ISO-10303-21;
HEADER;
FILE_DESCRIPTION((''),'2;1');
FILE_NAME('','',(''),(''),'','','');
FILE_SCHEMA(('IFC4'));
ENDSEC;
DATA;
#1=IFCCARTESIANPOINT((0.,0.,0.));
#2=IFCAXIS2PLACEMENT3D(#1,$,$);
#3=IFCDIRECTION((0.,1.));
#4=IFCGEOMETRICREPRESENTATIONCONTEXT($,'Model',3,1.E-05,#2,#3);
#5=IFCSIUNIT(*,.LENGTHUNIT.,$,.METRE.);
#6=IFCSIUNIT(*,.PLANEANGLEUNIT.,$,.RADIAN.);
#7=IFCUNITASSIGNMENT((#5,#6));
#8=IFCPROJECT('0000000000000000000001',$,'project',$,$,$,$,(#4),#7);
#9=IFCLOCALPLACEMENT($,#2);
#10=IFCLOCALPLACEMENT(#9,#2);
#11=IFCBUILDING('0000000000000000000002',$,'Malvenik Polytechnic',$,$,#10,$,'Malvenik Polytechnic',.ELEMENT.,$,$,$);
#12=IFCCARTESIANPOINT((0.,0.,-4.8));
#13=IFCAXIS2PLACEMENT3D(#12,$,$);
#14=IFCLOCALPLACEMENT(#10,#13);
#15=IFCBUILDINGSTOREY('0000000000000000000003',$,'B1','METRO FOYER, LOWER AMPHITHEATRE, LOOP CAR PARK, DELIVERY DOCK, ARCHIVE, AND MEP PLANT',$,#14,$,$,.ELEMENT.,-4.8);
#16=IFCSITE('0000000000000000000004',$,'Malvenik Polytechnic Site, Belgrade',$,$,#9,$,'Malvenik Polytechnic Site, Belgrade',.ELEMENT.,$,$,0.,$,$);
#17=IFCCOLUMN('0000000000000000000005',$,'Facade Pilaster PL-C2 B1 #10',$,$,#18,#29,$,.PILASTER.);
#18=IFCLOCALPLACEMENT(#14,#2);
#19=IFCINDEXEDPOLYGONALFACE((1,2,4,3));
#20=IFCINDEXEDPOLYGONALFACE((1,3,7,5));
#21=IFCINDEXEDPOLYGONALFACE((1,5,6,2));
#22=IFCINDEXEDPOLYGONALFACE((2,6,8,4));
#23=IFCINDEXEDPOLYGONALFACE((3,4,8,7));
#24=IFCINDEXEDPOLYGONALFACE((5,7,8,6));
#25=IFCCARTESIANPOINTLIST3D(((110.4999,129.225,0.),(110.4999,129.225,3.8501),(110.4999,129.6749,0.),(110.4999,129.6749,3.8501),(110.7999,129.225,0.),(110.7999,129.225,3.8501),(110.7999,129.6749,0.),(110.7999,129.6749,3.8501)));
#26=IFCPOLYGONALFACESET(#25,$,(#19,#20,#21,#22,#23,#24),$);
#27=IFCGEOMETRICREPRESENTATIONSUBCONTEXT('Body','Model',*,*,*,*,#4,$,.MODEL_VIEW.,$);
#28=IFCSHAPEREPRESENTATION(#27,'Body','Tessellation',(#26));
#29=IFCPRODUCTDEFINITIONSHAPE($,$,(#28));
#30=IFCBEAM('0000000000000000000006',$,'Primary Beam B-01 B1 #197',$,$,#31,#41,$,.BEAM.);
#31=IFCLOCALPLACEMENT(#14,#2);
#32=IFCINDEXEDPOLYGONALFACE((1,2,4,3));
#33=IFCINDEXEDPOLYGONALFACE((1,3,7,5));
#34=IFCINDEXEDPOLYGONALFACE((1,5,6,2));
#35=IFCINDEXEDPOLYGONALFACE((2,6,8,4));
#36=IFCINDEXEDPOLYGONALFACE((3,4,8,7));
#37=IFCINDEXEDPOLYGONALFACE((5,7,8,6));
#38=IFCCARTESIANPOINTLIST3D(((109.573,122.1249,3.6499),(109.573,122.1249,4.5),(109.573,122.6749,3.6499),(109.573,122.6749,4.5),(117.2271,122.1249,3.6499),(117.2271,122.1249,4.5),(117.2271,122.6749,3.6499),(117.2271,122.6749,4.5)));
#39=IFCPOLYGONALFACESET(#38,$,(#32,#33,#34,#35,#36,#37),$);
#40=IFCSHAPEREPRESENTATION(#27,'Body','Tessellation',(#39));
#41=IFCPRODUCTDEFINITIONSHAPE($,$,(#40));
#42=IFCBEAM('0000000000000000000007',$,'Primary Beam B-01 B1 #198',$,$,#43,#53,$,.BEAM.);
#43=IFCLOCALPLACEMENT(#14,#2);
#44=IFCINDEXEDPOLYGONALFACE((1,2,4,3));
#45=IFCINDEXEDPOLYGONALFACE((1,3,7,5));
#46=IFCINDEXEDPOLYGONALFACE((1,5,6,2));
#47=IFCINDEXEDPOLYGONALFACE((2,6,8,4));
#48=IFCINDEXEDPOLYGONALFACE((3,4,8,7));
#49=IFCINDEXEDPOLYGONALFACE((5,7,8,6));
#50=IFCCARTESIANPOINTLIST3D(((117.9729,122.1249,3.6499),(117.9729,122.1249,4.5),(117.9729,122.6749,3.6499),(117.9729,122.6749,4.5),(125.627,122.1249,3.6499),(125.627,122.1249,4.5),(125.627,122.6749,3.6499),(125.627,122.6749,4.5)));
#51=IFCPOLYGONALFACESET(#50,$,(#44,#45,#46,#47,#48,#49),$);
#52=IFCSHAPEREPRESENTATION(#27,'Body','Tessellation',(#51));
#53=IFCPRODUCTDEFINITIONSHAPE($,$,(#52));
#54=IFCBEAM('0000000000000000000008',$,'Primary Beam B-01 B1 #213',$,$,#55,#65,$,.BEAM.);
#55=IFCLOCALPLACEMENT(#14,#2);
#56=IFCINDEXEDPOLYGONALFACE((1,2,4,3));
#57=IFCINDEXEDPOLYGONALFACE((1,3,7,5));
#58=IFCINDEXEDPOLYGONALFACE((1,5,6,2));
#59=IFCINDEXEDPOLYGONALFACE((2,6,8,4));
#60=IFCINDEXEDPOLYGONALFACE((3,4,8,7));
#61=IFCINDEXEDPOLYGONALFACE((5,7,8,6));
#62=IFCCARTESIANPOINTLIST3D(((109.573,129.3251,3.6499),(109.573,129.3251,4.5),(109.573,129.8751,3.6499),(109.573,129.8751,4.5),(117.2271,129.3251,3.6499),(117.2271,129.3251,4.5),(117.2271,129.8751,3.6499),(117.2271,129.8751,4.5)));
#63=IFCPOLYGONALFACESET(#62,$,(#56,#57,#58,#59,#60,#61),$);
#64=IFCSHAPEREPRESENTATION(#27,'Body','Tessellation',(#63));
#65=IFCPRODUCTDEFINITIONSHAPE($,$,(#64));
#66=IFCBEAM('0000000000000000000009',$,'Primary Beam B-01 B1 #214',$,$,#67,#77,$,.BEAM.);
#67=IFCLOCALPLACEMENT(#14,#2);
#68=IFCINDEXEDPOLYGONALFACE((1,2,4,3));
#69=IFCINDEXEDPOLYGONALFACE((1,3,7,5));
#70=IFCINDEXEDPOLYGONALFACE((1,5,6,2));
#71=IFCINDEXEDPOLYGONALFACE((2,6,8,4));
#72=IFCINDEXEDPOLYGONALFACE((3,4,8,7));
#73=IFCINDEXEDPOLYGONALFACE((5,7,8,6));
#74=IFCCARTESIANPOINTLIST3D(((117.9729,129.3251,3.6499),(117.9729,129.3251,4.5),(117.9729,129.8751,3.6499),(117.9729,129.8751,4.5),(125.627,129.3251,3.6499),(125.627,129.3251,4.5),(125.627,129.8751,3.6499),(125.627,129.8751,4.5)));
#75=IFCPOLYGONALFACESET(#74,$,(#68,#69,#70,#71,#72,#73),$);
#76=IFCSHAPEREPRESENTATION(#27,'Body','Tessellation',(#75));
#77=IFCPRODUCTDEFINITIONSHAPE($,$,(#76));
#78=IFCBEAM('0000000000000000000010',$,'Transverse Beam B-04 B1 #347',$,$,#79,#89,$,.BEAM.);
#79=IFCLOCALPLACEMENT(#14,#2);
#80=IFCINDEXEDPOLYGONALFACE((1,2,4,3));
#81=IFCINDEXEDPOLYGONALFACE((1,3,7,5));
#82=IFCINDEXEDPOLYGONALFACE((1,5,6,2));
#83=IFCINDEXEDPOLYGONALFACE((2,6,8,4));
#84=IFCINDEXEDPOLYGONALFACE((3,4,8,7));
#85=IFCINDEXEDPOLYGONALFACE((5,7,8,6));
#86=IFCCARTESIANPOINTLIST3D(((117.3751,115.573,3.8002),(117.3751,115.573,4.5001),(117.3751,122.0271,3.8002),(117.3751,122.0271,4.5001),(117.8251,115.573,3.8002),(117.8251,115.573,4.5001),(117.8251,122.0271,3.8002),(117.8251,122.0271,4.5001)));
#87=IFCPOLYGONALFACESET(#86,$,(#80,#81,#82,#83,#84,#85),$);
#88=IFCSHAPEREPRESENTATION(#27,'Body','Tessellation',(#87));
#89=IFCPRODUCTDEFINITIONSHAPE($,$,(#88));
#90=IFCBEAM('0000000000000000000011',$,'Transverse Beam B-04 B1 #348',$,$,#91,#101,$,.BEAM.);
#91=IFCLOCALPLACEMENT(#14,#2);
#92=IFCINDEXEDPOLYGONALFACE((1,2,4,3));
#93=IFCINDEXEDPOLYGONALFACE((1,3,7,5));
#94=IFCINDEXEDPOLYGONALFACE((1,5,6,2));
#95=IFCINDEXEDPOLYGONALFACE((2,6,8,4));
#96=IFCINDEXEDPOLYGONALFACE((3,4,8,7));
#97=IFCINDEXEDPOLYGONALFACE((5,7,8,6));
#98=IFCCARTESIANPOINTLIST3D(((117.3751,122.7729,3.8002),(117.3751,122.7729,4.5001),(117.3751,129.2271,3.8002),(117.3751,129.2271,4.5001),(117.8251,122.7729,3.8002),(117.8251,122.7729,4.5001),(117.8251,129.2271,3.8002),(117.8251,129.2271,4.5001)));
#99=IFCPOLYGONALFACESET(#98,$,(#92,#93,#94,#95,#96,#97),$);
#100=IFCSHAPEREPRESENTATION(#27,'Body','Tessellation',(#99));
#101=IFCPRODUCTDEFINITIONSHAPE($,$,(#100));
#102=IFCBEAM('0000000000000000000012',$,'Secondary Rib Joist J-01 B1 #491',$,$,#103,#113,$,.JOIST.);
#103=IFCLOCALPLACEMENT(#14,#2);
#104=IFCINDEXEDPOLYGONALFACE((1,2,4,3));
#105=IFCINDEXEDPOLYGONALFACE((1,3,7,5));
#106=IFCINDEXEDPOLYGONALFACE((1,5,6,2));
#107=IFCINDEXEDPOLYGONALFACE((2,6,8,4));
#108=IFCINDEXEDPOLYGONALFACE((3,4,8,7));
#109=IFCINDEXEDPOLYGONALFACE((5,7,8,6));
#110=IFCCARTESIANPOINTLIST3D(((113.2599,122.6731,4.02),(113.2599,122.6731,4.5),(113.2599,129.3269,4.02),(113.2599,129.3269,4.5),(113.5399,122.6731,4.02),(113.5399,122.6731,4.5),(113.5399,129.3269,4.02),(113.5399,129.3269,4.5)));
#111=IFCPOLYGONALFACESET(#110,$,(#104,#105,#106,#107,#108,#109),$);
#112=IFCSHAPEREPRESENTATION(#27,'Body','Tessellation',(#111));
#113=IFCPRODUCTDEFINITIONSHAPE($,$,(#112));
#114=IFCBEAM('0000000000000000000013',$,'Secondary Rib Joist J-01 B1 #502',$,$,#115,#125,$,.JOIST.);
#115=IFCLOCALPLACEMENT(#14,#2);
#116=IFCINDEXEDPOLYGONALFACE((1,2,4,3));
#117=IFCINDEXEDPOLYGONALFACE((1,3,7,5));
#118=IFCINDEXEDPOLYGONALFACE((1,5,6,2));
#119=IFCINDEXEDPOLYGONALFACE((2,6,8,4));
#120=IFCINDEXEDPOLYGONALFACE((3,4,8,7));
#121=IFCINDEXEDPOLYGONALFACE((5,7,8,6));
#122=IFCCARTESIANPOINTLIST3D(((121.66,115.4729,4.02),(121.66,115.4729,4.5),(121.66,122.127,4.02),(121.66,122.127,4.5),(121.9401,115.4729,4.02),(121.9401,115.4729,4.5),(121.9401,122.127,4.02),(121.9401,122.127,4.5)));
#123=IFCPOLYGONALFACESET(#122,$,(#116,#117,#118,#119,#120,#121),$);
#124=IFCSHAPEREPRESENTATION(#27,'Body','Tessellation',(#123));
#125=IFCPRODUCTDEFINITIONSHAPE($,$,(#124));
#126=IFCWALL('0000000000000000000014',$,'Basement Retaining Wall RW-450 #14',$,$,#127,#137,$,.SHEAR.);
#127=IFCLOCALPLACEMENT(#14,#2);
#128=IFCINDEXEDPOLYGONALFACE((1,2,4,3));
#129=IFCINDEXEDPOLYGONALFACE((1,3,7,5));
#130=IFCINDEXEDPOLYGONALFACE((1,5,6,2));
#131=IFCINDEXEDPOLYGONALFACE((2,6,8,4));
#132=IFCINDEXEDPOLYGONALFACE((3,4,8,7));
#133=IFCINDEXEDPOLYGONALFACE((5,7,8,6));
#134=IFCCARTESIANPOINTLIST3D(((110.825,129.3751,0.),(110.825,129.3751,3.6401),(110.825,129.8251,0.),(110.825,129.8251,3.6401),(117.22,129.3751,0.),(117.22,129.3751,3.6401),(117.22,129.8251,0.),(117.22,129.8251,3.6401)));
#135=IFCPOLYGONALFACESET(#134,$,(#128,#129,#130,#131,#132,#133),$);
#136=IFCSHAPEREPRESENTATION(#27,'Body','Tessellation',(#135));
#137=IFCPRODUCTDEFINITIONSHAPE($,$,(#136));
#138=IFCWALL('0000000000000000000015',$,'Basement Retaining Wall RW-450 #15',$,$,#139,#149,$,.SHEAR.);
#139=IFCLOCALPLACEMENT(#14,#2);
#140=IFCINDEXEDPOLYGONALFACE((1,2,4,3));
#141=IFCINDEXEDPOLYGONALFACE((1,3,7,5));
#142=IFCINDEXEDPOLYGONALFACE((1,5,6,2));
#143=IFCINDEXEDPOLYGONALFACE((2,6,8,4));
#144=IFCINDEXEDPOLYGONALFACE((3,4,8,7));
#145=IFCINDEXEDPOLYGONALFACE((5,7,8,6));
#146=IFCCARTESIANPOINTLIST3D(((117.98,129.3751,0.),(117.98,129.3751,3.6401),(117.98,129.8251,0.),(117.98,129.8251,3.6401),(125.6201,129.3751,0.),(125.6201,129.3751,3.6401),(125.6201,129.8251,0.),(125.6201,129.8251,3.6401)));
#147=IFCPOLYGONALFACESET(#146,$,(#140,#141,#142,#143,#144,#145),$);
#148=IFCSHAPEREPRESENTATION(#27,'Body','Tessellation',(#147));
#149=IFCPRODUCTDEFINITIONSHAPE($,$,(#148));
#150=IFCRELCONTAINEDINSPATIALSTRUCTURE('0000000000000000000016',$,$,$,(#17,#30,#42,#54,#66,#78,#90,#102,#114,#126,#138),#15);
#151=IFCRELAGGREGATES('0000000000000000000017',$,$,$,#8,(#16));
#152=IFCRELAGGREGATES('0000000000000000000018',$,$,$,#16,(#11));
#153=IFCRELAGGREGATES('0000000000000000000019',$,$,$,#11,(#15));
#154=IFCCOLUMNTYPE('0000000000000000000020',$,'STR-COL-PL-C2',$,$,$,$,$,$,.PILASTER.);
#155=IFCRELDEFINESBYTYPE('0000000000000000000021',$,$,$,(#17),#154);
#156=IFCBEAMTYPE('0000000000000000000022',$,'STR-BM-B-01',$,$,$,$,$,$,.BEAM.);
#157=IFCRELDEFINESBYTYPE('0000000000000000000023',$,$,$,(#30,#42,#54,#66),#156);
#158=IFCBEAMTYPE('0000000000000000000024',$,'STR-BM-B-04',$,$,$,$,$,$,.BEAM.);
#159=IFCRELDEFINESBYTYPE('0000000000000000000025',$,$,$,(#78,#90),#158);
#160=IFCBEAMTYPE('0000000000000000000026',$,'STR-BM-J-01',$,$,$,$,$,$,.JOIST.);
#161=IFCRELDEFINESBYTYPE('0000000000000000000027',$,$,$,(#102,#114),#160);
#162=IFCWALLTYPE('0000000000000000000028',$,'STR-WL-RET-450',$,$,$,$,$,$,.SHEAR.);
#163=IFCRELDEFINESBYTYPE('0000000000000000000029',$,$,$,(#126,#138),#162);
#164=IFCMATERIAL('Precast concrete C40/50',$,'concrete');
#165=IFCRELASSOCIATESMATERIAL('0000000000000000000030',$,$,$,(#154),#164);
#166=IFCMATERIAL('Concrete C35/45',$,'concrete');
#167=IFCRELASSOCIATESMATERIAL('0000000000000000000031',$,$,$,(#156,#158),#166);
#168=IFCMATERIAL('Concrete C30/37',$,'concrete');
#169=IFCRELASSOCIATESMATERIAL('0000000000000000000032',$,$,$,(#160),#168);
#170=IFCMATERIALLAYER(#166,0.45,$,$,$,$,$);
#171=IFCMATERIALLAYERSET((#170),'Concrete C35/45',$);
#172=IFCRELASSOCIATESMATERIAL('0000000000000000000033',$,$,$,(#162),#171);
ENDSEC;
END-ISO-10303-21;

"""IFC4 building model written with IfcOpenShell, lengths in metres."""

from ifc_helpers import new_model, si_unit, direction, frame, frame_2d, origin, origin_2d, place, context, subcontext, project, spatial, rectangle, extrude, material, layer, layer_set, material_profile, profile_set, type_object, element, save


model = new_model("IFC4")

# Units and contexts
model_context = context("Model", 3, precision=1e-05, world=origin(), true_north=direction((0.0, 1.0)))
body_context = subcontext(model_context, "Body", "Model", "MODEL_VIEW")
ifc_project = project(units=[si_unit("LENGTHUNIT", "METRE"), si_unit("PLANEANGLEUNIT", "RADIAN")], contexts=[model_context])

# Site, building, storey
site_placement = place(None, origin())
site = spatial("IfcSite", under=ifc_project, at=site_placement, Name="Malvenik Polytechnic Site, Belgrade", LongName="Malvenik Polytechnic Site, Belgrade", CompositionType="ELEMENT", RefElevation=0.0)
building_placement = place(site_placement, origin())
building = spatial("IfcBuilding", under=site, at=building_placement, Name="Malvenik Polytechnic", LongName="Malvenik Polytechnic", CompositionType="ELEMENT")
storey_placement = place(building_placement, frame((0.0, 0.0, -4.8)))
storey = spatial("IfcBuildingStorey", under=building, at=storey_placement, Name="B1", Description="METRO FOYER, LOWER AMPHITHEATRE, LOOP CAR PARK, DELIVERY DOCK, ARCHIVE, AND MEP PLANT", CompositionType="ELEMENT", Elevation=-4.8)

# Shared definitions
ifc_material_1 = material(Name="Concrete C35/45", Category="concrete")

# Column
ifc_material_2 = material(Name="Precast concrete C40/50", Category="concrete")
ifc_material_profile_1 = material_profile(ifc_material_2, rectangle(XDim=0.3, YDim=0.45, at=origin_2d()), Name="RC PIL 450x300")
ifc_profile_set_1 = profile_set([ifc_material_profile_1], Name="Precast concrete C40/50")
column_type_1 = type_object("IfcColumnType", Name="STR-COL-PL-C2", PredefinedType="PILASTER", material=ifc_profile_set_1)
column_placement = place(storey_placement, frame((110.6499, 129.45, 0.0), z_axis=(0.0, 0.0, 1.0), x_axis=(1.0, 0.0, 0.0)))
element("IfcColumn", 1, at=column_placement, inside=storey, type_object=column_type_1, Name="Facade Pilaster PL-C2 B1 #10", PredefinedType="PILASTER", context=body_context, shape_type="SweptSolid", body=[
    extrude(rectangle(XDim=0.3, YDim=0.45, at=origin_2d()), origin(), (0.0, 0.0, 1.0), 3.8501),
])

# Beams
ifc_material_profile_2 = material_profile(ifc_material_1, rectangle(XDim=0.55, YDim=0.8501, at=origin_2d()), Name="RC BM 550x850")
ifc_profile_set_2 = profile_set([ifc_material_profile_2], Name="Concrete C35/45")
beam_type_1 = type_object("IfcBeamType", Name="STR-BM-B-01", PredefinedType="BEAM", material=ifc_profile_set_2)
for number, where, z_axis, x_axis, name in (
    (2, (109.573, 122.3999, 4.075), (1.0, 0.0, 0.0), (0.0, 1.0, 0.0), "Primary Beam B-01 B1 #197"),
    (3, (117.9729, 122.3999, 4.075), (1.0, 0.0, 0.0), (0.0, 1.0, 0.0), "Primary Beam B-01 B1 #198"),
    (4, (109.573, 129.6001, 4.075), (1.0, 0.0, 0.0), (0.0, 1.0, 0.0), "Primary Beam B-01 B1 #213"),
    (5, (117.9729, 129.6001, 4.075), (1.0, 0.0, 0.0), (0.0, 1.0, 0.0), "Primary Beam B-01 B1 #214"),
):
    element("IfcBeam", number, at=place(storey_placement, frame(where, z_axis=z_axis, x_axis=x_axis)), inside=storey, type_object=beam_type_1, Name=name, PredefinedType="BEAM", context=body_context, shape_type="SweptSolid", body=[
        extrude(rectangle(XDim=0.55, YDim=0.8501, at=origin_2d()), origin(), (0.0, 0.0, 1.0), 7.6541),
    ])
ifc_material_profile_3 = material_profile(ifc_material_1, rectangle(XDim=0.45, YDim=0.7, at=origin_2d()), Name="RC BM 450x700")
ifc_profile_set_3 = profile_set([ifc_material_profile_3], Name="Concrete C35/45")
beam_type_2 = type_object("IfcBeamType", Name="STR-BM-B-04", PredefinedType="BEAM", material=ifc_profile_set_3)
for number, where, z_axis, x_axis, name in (
    (6, (117.6001, 115.573, 4.1501), (0.0, 1.0, 0.0), (-1.0, 0.0, 0.0), "Transverse Beam B-04 B1 #347"),
    (7, (117.6001, 122.7729, 4.1501), (0.0, 1.0, 0.0), (-1.0, 0.0, 0.0), "Transverse Beam B-04 B1 #348"),
):
    element("IfcBeam", number, at=place(storey_placement, frame(where, z_axis=z_axis, x_axis=x_axis)), inside=storey, type_object=beam_type_2, Name=name, PredefinedType="BEAM", context=body_context, shape_type="SweptSolid", body=[
        extrude(rectangle(XDim=0.45, YDim=0.7, at=origin_2d()), origin(), (0.0, 0.0, 1.0), 6.4541),
    ])
ifc_material_3 = material(Name="Concrete C30/37", Category="concrete")
ifc_material_profile_4 = material_profile(ifc_material_3, rectangle(XDim=0.28, YDim=0.48, at=origin_2d()), Name="RC JST 280x480")
ifc_profile_set_4 = profile_set([ifc_material_profile_4], Name="Concrete C30/37")
beam_type_3 = type_object("IfcBeamType", Name="STR-BM-J-01", PredefinedType="JOIST", material=ifc_profile_set_4)
beam_1_placement = place(storey_placement, frame((113.3999, 122.6731, 4.26), z_axis=(0.0, 1.0, 0.0), x_axis=(-1.0, 0.0, 0.0)))
element("IfcBeam", 8, at=beam_1_placement, inside=storey, type_object=beam_type_3, Name="Secondary Rib Joist J-01 B1 #491", PredefinedType="JOIST", context=body_context, shape_type="SweptSolid", body=[
    extrude(rectangle(XDim=0.28, YDim=0.48, at=origin_2d()), origin(), (0.0, 0.0, 1.0), 6.6538),
])
beam_2_placement = place(storey_placement, frame((121.8, 115.4729, 4.26), z_axis=(0.0, 1.0, 0.0), x_axis=(-1.0, 0.0, 0.0)))
element("IfcBeam", 9, at=beam_2_placement, inside=storey, type_object=beam_type_3, Name="Secondary Rib Joist J-01 B1 #502", PredefinedType="JOIST", context=body_context, shape_type="SweptSolid", body=[
    extrude(rectangle(XDim=0.28, YDim=0.48, at=origin_2d()), origin(), (0.0, 0.0, 1.0), 6.6541),
])

# Walls
ifc_layer = layer(ifc_material_1, 0.45)
ifc_layer_set = layer_set([ifc_layer], Name="Concrete C35/45")
wall_type = type_object("IfcWallType", Name="STR-WL-RET-450", PredefinedType="SHEAR", material=ifc_layer_set)
wall_1_placement = place(storey_placement, frame((110.825, 129.6001, 0.0), z_axis=(0.0, 0.0, 1.0), x_axis=(1.0, 0.0, 0.0)))
element("IfcWall", 10, at=wall_1_placement, inside=storey, type_object=wall_type, Name="Basement Retaining Wall RW-450 #14", PredefinedType="SHEAR", context=body_context, shape_type="SweptSolid", body=[
    extrude(rectangle(XDim=6.395, YDim=0.45, at=frame_2d((3.1975, 0.0))), origin(), (0.0, 0.0, 1.0), 3.6401),
])
wall_2_placement = place(storey_placement, frame((117.98, 129.6001, 0.0), z_axis=(0.0, 0.0, 1.0), x_axis=(1.0, 0.0, 0.0)))
element("IfcWall", 11, at=wall_2_placement, inside=storey, type_object=wall_type, Name="Basement Retaining Wall RW-450 #15", PredefinedType="SHEAR", context=body_context, shape_type="SweptSolid", body=[
    extrude(rectangle(XDim=7.6401, YDim=0.45, at=frame_2d((3.8201, 0.0))), origin(), (0.0, 0.0, 1.0), 3.6401),
])

save(model, "model.ifc")
